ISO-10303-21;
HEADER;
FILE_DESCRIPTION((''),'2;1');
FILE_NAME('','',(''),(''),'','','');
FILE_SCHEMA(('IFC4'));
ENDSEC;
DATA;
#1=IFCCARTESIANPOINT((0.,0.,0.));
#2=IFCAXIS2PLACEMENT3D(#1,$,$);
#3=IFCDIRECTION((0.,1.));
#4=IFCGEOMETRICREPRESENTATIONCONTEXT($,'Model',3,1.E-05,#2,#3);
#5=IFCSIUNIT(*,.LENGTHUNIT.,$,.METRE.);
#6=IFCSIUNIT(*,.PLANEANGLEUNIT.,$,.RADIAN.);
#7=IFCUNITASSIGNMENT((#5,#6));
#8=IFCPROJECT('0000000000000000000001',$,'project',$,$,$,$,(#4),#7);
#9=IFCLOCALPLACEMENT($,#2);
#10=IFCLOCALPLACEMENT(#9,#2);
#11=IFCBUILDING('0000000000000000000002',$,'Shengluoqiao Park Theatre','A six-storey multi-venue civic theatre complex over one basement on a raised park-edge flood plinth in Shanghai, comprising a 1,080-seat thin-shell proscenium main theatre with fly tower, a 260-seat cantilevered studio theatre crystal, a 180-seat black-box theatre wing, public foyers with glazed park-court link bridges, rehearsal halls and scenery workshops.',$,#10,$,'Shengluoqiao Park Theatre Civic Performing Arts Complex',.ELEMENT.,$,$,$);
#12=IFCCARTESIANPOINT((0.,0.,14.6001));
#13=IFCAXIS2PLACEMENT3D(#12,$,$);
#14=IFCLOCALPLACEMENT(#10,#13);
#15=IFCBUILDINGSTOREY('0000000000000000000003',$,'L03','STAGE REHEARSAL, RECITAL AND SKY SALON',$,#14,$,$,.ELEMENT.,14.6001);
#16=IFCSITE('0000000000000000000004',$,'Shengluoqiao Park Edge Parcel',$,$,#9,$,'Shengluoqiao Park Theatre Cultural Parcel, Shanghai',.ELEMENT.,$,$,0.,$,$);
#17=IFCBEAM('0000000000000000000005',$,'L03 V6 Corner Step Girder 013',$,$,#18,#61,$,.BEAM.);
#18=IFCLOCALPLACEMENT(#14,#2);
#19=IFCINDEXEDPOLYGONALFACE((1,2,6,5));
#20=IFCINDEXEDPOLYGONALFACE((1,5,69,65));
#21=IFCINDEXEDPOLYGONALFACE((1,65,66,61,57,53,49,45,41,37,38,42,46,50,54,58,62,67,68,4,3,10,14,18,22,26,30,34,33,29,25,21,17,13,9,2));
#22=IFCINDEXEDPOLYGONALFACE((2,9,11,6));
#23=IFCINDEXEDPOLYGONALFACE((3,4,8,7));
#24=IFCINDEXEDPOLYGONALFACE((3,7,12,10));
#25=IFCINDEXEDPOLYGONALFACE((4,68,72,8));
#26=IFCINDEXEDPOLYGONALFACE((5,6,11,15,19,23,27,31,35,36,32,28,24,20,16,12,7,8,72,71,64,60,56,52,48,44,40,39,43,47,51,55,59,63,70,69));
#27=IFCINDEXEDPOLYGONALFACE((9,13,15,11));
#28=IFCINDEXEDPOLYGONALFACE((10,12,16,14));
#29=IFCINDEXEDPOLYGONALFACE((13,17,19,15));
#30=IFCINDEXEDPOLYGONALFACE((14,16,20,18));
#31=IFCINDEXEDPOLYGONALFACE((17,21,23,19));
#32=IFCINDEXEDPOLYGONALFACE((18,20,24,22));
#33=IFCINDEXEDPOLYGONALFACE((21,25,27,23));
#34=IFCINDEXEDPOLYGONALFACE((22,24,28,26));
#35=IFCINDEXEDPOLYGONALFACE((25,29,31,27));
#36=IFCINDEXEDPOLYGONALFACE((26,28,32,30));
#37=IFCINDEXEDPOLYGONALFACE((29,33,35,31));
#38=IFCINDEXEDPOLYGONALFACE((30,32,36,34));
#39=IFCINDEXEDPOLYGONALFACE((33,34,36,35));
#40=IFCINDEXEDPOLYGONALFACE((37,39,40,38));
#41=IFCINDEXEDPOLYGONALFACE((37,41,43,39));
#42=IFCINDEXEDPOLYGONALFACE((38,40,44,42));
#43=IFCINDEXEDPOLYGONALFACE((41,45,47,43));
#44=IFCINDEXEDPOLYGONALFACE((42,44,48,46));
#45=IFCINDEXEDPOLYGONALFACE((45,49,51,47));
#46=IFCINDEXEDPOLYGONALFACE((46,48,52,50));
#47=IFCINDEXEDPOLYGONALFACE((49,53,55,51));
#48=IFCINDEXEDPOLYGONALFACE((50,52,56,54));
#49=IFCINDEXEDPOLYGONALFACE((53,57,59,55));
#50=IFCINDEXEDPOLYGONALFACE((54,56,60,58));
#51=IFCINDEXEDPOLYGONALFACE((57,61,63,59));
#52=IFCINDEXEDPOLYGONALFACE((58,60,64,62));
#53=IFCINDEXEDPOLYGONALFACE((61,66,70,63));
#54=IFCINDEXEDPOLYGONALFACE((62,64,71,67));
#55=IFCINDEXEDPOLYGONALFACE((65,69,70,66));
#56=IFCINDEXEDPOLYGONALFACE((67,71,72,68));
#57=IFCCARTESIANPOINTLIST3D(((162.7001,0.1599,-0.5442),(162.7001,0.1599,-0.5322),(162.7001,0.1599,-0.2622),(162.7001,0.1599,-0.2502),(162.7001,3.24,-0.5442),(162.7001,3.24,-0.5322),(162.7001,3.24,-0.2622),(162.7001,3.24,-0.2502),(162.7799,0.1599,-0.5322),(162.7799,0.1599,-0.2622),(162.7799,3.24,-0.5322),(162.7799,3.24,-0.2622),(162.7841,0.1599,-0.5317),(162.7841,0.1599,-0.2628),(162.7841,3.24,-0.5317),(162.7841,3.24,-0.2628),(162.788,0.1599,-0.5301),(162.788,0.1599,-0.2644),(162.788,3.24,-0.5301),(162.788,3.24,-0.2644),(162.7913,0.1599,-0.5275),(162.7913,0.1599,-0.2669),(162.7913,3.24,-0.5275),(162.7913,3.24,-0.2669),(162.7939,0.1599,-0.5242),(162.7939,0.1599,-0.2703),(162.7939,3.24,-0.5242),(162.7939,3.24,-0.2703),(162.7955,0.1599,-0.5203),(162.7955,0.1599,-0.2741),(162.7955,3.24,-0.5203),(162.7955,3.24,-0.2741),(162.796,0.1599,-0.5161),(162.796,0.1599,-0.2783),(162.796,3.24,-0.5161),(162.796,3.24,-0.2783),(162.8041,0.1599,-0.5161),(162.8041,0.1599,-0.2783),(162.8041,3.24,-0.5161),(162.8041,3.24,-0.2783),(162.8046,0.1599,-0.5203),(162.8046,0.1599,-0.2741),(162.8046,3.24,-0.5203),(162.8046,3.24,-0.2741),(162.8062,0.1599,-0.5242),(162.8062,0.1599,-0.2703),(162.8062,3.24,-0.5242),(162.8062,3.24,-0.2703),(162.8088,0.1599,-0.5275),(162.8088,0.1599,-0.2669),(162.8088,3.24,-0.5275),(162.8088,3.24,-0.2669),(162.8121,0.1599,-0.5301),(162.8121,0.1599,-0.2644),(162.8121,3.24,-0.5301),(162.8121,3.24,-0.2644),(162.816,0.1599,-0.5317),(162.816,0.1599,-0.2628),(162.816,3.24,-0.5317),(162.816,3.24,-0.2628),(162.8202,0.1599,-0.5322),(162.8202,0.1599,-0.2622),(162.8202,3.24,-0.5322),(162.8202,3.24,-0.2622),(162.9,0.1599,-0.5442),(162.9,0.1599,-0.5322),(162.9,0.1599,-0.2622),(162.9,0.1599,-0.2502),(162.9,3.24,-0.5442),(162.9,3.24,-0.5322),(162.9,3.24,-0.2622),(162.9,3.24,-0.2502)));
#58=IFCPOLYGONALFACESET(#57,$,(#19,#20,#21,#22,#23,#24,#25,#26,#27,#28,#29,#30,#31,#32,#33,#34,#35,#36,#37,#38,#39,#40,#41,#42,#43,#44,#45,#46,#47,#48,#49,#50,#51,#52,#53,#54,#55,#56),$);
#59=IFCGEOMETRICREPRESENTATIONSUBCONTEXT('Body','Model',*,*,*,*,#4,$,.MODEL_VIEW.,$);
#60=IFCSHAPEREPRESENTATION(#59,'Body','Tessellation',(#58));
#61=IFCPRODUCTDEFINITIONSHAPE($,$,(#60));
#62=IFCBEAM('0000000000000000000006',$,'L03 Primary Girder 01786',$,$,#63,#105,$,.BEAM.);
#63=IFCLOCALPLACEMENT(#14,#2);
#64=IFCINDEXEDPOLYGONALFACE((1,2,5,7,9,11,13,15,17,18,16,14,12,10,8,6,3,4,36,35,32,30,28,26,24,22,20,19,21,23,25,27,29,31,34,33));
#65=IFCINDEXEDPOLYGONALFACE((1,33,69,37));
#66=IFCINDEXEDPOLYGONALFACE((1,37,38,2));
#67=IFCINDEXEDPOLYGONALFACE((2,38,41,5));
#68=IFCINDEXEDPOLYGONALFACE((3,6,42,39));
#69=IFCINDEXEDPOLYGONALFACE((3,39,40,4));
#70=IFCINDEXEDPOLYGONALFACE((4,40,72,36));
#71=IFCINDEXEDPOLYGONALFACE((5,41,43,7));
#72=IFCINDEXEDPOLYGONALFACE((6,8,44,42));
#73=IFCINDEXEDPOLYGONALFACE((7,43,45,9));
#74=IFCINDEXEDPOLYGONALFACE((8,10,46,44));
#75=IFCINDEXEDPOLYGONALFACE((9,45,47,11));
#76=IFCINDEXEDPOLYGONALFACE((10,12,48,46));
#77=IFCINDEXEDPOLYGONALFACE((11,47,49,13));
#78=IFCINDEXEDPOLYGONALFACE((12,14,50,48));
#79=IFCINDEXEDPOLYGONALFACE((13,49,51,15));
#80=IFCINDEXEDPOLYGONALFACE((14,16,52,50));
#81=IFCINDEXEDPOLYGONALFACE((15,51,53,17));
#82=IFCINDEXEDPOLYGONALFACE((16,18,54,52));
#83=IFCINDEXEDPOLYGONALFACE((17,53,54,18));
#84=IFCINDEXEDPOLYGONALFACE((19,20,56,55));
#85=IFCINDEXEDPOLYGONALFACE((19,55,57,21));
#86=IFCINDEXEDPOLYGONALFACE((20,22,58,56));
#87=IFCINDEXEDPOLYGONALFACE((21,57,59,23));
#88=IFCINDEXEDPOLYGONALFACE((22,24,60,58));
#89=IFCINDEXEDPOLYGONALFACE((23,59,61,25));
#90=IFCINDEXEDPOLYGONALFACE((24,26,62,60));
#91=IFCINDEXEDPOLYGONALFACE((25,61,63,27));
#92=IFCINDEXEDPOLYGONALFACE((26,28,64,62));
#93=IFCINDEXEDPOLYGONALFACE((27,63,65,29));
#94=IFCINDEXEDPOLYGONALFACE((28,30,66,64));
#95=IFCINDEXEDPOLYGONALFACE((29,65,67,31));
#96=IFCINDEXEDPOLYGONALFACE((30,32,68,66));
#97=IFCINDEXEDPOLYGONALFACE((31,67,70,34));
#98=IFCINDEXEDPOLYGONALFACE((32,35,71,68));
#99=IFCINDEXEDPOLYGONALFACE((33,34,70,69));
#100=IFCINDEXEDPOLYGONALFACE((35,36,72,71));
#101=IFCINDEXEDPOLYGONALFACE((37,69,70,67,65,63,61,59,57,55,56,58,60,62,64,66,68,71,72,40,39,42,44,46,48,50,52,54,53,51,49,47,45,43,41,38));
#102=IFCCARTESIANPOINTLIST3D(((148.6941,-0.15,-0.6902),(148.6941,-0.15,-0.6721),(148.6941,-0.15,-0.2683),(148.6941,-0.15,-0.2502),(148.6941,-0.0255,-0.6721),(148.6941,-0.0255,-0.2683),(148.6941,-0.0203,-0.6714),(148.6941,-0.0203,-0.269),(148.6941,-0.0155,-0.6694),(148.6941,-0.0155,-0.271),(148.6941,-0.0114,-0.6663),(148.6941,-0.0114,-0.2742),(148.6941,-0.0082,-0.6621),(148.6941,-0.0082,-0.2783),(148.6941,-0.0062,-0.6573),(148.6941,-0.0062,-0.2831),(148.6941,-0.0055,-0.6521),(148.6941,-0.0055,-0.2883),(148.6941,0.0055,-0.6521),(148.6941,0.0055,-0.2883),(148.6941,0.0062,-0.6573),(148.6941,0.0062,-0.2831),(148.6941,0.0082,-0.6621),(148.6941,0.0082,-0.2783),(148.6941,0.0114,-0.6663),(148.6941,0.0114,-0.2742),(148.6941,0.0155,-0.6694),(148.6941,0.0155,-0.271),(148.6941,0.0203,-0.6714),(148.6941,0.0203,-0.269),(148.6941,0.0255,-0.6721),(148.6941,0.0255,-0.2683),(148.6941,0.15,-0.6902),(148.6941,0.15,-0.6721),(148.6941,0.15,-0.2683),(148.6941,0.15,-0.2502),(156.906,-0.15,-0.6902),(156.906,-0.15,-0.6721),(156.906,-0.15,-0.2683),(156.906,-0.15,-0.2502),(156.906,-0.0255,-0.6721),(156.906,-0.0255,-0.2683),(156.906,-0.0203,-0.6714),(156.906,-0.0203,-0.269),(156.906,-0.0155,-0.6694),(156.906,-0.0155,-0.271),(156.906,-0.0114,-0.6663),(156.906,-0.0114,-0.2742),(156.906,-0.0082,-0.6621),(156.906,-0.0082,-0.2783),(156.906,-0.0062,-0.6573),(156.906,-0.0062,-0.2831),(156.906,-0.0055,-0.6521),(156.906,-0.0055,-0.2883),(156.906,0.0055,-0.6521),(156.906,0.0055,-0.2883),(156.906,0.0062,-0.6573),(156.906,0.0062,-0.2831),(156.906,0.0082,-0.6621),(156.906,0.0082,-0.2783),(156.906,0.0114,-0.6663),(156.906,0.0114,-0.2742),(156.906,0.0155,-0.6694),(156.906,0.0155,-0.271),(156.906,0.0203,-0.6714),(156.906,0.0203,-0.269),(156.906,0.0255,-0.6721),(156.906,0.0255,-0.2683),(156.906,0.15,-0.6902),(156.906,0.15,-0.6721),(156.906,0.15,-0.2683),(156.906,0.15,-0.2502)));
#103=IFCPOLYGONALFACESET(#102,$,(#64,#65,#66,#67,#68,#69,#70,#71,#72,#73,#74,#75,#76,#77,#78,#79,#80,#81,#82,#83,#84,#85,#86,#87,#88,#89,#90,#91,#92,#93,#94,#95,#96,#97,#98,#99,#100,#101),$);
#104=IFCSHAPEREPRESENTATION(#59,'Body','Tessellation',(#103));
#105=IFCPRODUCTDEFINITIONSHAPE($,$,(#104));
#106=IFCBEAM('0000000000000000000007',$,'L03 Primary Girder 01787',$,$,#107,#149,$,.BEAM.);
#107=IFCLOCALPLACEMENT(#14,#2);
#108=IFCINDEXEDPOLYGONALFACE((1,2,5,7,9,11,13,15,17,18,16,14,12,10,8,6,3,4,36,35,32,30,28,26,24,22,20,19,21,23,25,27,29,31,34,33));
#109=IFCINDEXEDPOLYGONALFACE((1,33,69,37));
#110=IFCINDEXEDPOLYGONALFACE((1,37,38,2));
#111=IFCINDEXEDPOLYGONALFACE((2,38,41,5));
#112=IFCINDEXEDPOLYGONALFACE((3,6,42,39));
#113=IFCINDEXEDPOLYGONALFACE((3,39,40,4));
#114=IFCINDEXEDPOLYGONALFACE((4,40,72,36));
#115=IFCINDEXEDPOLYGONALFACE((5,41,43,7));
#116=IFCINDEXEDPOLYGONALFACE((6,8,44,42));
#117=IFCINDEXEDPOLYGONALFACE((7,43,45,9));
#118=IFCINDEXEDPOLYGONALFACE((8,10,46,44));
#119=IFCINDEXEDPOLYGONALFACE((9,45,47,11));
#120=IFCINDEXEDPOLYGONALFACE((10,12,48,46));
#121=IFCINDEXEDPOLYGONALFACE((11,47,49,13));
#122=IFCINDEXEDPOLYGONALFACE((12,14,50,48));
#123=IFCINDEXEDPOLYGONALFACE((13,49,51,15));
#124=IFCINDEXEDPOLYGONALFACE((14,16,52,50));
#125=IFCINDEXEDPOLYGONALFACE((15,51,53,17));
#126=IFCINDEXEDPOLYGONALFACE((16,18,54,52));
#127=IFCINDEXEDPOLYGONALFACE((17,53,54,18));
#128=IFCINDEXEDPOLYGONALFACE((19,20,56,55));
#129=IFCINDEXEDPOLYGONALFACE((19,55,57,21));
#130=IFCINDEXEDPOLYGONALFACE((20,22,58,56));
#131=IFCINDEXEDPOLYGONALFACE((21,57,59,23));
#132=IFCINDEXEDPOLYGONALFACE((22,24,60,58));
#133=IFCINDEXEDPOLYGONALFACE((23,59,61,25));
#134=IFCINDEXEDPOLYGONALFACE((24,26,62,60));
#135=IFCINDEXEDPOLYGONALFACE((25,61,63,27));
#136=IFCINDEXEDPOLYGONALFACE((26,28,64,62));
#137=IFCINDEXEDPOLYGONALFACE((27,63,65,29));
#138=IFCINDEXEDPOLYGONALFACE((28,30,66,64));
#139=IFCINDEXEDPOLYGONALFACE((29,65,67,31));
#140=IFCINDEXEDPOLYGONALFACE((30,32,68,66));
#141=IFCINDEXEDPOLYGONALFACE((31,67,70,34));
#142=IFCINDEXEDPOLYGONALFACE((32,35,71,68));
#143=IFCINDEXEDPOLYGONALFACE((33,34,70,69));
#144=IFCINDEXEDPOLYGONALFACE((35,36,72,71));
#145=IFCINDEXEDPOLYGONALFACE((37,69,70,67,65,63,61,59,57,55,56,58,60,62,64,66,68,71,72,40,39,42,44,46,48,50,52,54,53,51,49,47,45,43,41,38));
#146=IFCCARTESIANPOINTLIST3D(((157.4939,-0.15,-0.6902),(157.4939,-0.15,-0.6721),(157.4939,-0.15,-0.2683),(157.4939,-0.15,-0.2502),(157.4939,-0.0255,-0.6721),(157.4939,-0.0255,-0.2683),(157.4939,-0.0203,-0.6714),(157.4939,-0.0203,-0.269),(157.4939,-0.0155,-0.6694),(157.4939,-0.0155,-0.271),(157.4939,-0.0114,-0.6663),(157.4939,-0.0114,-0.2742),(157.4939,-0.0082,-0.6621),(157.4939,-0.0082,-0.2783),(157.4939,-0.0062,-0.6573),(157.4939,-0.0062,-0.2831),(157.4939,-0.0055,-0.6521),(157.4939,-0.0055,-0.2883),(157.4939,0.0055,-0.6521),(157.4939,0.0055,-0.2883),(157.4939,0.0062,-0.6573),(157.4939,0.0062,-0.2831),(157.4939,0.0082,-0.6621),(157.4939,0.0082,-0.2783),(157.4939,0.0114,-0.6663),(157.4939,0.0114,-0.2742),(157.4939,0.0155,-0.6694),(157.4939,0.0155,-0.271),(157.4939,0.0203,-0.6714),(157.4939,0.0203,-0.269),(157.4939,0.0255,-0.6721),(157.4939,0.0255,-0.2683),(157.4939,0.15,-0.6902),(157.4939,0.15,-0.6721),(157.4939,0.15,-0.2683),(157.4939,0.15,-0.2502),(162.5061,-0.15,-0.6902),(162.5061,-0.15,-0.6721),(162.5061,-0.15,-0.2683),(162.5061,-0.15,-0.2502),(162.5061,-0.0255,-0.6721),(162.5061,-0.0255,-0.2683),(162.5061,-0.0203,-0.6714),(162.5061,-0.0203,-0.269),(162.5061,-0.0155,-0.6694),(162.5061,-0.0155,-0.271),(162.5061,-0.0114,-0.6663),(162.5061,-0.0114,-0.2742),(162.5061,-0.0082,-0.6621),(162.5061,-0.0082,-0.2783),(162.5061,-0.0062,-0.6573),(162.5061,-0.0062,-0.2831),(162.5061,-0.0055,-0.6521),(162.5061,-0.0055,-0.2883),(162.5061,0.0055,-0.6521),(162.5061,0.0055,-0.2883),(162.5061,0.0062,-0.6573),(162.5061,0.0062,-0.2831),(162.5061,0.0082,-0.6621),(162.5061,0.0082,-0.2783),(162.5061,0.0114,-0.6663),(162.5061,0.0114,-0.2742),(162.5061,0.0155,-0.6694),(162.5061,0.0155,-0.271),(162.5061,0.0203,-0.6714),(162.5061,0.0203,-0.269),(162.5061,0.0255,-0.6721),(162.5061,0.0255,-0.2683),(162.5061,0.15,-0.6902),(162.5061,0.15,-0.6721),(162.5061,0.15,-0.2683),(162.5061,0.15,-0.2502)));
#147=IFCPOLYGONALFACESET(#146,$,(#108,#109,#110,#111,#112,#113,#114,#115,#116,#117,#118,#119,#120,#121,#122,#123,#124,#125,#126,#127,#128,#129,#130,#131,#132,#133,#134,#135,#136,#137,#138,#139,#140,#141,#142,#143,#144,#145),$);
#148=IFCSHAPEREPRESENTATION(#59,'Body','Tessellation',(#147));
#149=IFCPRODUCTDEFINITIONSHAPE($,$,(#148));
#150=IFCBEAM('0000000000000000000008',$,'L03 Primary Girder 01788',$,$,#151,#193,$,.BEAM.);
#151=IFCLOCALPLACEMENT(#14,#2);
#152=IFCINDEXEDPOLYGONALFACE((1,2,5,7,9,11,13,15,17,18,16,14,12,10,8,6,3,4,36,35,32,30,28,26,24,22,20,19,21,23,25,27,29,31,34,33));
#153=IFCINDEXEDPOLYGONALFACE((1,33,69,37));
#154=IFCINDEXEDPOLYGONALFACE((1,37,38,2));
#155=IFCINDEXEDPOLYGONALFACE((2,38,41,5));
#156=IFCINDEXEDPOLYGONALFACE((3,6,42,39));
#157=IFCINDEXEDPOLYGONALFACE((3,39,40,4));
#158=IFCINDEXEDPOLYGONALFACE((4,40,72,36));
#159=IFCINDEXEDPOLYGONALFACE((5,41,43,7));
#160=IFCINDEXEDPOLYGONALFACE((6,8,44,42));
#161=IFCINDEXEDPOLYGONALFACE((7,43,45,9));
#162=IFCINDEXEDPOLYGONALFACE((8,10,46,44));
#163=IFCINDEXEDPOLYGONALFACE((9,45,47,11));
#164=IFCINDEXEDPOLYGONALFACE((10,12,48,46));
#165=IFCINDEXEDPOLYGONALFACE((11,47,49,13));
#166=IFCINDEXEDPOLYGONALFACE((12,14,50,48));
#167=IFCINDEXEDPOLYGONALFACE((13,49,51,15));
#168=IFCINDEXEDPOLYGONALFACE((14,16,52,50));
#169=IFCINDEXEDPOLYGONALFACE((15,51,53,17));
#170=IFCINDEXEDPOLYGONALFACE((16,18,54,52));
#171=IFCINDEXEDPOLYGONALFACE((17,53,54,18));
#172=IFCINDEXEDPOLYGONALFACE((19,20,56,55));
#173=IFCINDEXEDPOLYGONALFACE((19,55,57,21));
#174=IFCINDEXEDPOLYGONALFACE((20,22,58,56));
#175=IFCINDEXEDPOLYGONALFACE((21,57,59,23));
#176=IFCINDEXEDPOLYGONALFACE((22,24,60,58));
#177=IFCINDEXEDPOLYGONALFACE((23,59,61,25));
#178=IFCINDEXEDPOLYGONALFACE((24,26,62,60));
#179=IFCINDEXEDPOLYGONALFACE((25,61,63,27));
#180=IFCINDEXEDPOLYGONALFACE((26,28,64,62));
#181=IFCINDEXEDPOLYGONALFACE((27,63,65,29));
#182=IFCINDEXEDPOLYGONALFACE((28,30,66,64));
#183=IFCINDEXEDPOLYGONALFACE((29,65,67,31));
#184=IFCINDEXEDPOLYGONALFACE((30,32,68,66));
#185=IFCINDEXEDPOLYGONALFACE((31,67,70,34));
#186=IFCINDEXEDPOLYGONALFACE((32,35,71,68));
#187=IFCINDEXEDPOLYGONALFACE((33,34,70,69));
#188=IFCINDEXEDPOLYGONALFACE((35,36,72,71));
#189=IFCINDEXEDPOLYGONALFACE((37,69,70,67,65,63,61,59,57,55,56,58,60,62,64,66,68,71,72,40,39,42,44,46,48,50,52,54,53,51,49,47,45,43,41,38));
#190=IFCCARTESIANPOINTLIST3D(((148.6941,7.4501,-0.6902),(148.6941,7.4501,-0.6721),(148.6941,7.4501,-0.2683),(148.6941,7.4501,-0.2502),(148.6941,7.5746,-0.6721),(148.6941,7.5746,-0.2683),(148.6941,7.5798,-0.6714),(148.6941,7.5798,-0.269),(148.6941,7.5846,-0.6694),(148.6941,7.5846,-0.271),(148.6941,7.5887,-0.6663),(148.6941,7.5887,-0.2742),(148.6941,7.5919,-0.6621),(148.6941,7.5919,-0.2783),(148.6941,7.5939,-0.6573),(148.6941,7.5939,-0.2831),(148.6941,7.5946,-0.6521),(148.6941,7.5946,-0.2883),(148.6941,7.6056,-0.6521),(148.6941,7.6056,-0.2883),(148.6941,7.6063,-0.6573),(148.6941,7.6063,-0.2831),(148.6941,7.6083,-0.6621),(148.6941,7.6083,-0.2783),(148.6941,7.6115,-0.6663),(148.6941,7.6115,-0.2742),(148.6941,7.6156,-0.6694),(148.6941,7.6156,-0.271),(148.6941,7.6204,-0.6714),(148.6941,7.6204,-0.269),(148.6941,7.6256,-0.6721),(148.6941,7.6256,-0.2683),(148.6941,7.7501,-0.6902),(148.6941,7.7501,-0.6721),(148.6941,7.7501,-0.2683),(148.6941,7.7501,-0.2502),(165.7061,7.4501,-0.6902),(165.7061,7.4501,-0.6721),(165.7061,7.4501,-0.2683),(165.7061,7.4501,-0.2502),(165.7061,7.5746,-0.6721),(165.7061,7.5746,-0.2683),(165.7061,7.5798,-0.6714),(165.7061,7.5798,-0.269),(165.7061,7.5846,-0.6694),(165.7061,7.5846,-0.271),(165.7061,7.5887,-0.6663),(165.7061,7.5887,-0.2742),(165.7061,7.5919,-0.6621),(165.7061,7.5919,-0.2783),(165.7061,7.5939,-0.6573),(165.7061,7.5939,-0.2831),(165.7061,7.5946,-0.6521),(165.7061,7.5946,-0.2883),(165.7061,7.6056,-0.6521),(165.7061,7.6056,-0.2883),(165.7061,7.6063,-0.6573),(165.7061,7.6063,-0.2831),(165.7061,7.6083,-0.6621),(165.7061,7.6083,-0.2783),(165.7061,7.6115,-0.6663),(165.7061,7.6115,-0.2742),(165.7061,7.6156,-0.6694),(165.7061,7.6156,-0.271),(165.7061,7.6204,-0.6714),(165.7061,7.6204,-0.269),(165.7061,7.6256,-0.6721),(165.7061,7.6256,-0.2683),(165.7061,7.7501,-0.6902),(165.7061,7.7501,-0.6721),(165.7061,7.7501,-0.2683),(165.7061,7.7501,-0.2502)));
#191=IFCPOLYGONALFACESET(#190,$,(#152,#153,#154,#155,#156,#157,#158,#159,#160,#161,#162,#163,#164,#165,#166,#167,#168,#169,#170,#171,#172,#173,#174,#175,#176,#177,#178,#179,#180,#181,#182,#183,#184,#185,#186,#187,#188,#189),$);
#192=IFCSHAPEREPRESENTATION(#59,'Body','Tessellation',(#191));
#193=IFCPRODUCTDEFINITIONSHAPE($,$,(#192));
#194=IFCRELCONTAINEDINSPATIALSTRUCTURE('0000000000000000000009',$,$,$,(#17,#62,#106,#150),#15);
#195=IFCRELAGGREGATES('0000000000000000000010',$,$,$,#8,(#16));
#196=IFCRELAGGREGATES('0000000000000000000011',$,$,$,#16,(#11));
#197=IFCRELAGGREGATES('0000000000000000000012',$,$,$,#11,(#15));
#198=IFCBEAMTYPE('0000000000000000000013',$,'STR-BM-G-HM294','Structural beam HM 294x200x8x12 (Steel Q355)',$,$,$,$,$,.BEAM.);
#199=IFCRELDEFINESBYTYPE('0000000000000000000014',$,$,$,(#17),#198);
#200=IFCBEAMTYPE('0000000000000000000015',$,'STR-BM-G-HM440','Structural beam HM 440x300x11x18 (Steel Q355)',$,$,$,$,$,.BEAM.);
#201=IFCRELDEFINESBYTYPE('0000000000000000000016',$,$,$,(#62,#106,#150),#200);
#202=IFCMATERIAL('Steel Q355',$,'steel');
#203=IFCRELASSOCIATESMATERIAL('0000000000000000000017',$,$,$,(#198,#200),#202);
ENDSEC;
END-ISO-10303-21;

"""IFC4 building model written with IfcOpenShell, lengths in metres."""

from ifc_helpers import new_model, si_unit, direction, frame, origin, origin_2d, place, context, subcontext, project, spatial, i_section, extrude, material, material_profile, profile_set, type_object, element, save


model = new_model("IFC4")

# Units and contexts
model_context = context("Model", 3, precision=1e-05, world=origin(), true_north=direction((0.0, 1.0)))
body_context = subcontext(model_context, "Body", "Model", "MODEL_VIEW")
ifc_project = project(units=[si_unit("LENGTHUNIT", "METRE"), si_unit("PLANEANGLEUNIT", "RADIAN")], contexts=[model_context])

# Site, building, storey
site_placement = place(None, origin())
site = spatial("IfcSite", under=ifc_project, at=site_placement, Name="Shengluoqiao Park Edge Parcel", LongName="Shengluoqiao Park Theatre Cultural Parcel, Shanghai", CompositionType="ELEMENT", RefElevation=0.0)
building_placement = place(site_placement, origin())
building = spatial("IfcBuilding", under=site, at=building_placement, Name="Shengluoqiao Park Theatre", Description="A six-storey multi-venue civic theatre complex over one basement on a raised park-edge flood plinth in Shanghai, comprising a 1,080-seat thin-shell proscenium main theatre with fly tower, a 260-seat cantilevered studio theatre crystal, a 180-seat black-box theatre wing, public foyers with glazed park-court link bridges, rehearsal halls and scenery workshops.", LongName="Shengluoqiao Park Theatre Civic Performing Arts Complex", CompositionType="ELEMENT")
storey_placement = place(building_placement, frame((0.0, 0.0, 14.6001)))
storey = spatial("IfcBuildingStorey", under=building, at=storey_placement, Name="L03", Description="STAGE REHEARSAL, RECITAL AND SKY SALON", CompositionType="ELEMENT", Elevation=14.6001)

# Beams
ifc_material_1 = material(Name="Steel Q355", Category="steel")
ifc_material_profile_1 = material_profile(ifc_material_1, i_section(OverallWidth=0.2, OverallDepth=0.2939, WebThickness=0.0081, FlangeThickness=0.012, FilletRadius=0.0161, at=origin_2d()), Name="HM 294x200x8x12")
ifc_profile_set_1 = profile_set([ifc_material_profile_1], Name="Steel Q355")
beam_type_1 = type_object("IfcBeamType", Name="STR-BM-G-HM294", Description="Structural beam HM 294x200x8x12 (Steel Q355)", PredefinedType="BEAM", material=ifc_profile_set_1)
beam_1_placement = place(storey_placement, frame((162.8, 0.1599, -0.3972), z_axis=(0.0, 1.0, 0.0), x_axis=(-1.0, 0.0, 0.0)))
element("IfcBeam", 1, at=beam_1_placement, inside=storey, type_object=beam_type_1, Name="L03 V6 Corner Step Girder 013", PredefinedType="BEAM", context=body_context, shape_type="SweptSolid", body=[
    extrude(i_section(OverallWidth=0.2, OverallDepth=0.2939, WebThickness=0.0081, FlangeThickness=0.012, FilletRadius=0.0161, at=origin_2d()), origin(), (0.0, 0.0, 1.0), 3.0801),
])
ifc_material_profile_2 = material_profile(ifc_material_1, i_section(OverallWidth=0.3, OverallDepth=0.4399, WebThickness=0.011, FlangeThickness=0.0181, FilletRadius=0.02, at=origin_2d()), Name="HM 440x300x11x18")
ifc_profile_set_2 = profile_set([ifc_material_profile_2], Name="Steel Q355")
beam_type_2 = type_object("IfcBeamType", Name="STR-BM-G-HM440", Description="Structural beam HM 440x300x11x18 (Steel Q355)", PredefinedType="BEAM", material=ifc_profile_set_2)
beam_2_placement = place(storey_placement, frame((148.6941, 0.0, -0.4702), z_axis=(1.0, 0.0, 0.0), x_axis=(0.0, 1.0, 0.0)))
element("IfcBeam", 2, at=beam_2_placement, inside=storey, type_object=beam_type_2, Name="L03 Primary Girder 01786", PredefinedType="BEAM", context=body_context, shape_type="SweptSolid", body=[
    extrude(i_section(OverallWidth=0.3, OverallDepth=0.4399, WebThickness=0.011, FlangeThickness=0.0181, FilletRadius=0.02, at=origin_2d()), origin(), (0.0, 0.0, 1.0), 8.2119),
])
beam_3_placement = place(storey_placement, frame((157.4939, 0.0, -0.4702), z_axis=(1.0, 0.0, 0.0), x_axis=(0.0, 1.0, 0.0)))
element("IfcBeam", 3, at=beam_3_placement, inside=storey, type_object=beam_type_2, Name="L03 Primary Girder 01787", PredefinedType="BEAM", context=body_context, shape_type="SweptSolid", body=[
    extrude(i_section(OverallWidth=0.3, OverallDepth=0.4399, WebThickness=0.011, FlangeThickness=0.0181, FilletRadius=0.02, at=origin_2d()), origin(), (0.0, 0.0, 1.0), 5.0122),
])
beam_4_placement = place(storey_placement, frame((148.6941, 7.6001, -0.4702), z_axis=(1.0, 0.0, 0.0), x_axis=(0.0, 1.0, 0.0)))
element("IfcBeam", 4, at=beam_4_placement, inside=storey, type_object=beam_type_2, Name="L03 Primary Girder 01788", PredefinedType="BEAM", context=body_context, shape_type="SweptSolid", body=[
    extrude(i_section(OverallWidth=0.3, OverallDepth=0.4399, WebThickness=0.011, FlangeThickness=0.0181, FilletRadius=0.02, at=origin_2d()), origin(), (0.0, 0.0, 1.0), 17.012),
])

save(model, "model.ifc")
